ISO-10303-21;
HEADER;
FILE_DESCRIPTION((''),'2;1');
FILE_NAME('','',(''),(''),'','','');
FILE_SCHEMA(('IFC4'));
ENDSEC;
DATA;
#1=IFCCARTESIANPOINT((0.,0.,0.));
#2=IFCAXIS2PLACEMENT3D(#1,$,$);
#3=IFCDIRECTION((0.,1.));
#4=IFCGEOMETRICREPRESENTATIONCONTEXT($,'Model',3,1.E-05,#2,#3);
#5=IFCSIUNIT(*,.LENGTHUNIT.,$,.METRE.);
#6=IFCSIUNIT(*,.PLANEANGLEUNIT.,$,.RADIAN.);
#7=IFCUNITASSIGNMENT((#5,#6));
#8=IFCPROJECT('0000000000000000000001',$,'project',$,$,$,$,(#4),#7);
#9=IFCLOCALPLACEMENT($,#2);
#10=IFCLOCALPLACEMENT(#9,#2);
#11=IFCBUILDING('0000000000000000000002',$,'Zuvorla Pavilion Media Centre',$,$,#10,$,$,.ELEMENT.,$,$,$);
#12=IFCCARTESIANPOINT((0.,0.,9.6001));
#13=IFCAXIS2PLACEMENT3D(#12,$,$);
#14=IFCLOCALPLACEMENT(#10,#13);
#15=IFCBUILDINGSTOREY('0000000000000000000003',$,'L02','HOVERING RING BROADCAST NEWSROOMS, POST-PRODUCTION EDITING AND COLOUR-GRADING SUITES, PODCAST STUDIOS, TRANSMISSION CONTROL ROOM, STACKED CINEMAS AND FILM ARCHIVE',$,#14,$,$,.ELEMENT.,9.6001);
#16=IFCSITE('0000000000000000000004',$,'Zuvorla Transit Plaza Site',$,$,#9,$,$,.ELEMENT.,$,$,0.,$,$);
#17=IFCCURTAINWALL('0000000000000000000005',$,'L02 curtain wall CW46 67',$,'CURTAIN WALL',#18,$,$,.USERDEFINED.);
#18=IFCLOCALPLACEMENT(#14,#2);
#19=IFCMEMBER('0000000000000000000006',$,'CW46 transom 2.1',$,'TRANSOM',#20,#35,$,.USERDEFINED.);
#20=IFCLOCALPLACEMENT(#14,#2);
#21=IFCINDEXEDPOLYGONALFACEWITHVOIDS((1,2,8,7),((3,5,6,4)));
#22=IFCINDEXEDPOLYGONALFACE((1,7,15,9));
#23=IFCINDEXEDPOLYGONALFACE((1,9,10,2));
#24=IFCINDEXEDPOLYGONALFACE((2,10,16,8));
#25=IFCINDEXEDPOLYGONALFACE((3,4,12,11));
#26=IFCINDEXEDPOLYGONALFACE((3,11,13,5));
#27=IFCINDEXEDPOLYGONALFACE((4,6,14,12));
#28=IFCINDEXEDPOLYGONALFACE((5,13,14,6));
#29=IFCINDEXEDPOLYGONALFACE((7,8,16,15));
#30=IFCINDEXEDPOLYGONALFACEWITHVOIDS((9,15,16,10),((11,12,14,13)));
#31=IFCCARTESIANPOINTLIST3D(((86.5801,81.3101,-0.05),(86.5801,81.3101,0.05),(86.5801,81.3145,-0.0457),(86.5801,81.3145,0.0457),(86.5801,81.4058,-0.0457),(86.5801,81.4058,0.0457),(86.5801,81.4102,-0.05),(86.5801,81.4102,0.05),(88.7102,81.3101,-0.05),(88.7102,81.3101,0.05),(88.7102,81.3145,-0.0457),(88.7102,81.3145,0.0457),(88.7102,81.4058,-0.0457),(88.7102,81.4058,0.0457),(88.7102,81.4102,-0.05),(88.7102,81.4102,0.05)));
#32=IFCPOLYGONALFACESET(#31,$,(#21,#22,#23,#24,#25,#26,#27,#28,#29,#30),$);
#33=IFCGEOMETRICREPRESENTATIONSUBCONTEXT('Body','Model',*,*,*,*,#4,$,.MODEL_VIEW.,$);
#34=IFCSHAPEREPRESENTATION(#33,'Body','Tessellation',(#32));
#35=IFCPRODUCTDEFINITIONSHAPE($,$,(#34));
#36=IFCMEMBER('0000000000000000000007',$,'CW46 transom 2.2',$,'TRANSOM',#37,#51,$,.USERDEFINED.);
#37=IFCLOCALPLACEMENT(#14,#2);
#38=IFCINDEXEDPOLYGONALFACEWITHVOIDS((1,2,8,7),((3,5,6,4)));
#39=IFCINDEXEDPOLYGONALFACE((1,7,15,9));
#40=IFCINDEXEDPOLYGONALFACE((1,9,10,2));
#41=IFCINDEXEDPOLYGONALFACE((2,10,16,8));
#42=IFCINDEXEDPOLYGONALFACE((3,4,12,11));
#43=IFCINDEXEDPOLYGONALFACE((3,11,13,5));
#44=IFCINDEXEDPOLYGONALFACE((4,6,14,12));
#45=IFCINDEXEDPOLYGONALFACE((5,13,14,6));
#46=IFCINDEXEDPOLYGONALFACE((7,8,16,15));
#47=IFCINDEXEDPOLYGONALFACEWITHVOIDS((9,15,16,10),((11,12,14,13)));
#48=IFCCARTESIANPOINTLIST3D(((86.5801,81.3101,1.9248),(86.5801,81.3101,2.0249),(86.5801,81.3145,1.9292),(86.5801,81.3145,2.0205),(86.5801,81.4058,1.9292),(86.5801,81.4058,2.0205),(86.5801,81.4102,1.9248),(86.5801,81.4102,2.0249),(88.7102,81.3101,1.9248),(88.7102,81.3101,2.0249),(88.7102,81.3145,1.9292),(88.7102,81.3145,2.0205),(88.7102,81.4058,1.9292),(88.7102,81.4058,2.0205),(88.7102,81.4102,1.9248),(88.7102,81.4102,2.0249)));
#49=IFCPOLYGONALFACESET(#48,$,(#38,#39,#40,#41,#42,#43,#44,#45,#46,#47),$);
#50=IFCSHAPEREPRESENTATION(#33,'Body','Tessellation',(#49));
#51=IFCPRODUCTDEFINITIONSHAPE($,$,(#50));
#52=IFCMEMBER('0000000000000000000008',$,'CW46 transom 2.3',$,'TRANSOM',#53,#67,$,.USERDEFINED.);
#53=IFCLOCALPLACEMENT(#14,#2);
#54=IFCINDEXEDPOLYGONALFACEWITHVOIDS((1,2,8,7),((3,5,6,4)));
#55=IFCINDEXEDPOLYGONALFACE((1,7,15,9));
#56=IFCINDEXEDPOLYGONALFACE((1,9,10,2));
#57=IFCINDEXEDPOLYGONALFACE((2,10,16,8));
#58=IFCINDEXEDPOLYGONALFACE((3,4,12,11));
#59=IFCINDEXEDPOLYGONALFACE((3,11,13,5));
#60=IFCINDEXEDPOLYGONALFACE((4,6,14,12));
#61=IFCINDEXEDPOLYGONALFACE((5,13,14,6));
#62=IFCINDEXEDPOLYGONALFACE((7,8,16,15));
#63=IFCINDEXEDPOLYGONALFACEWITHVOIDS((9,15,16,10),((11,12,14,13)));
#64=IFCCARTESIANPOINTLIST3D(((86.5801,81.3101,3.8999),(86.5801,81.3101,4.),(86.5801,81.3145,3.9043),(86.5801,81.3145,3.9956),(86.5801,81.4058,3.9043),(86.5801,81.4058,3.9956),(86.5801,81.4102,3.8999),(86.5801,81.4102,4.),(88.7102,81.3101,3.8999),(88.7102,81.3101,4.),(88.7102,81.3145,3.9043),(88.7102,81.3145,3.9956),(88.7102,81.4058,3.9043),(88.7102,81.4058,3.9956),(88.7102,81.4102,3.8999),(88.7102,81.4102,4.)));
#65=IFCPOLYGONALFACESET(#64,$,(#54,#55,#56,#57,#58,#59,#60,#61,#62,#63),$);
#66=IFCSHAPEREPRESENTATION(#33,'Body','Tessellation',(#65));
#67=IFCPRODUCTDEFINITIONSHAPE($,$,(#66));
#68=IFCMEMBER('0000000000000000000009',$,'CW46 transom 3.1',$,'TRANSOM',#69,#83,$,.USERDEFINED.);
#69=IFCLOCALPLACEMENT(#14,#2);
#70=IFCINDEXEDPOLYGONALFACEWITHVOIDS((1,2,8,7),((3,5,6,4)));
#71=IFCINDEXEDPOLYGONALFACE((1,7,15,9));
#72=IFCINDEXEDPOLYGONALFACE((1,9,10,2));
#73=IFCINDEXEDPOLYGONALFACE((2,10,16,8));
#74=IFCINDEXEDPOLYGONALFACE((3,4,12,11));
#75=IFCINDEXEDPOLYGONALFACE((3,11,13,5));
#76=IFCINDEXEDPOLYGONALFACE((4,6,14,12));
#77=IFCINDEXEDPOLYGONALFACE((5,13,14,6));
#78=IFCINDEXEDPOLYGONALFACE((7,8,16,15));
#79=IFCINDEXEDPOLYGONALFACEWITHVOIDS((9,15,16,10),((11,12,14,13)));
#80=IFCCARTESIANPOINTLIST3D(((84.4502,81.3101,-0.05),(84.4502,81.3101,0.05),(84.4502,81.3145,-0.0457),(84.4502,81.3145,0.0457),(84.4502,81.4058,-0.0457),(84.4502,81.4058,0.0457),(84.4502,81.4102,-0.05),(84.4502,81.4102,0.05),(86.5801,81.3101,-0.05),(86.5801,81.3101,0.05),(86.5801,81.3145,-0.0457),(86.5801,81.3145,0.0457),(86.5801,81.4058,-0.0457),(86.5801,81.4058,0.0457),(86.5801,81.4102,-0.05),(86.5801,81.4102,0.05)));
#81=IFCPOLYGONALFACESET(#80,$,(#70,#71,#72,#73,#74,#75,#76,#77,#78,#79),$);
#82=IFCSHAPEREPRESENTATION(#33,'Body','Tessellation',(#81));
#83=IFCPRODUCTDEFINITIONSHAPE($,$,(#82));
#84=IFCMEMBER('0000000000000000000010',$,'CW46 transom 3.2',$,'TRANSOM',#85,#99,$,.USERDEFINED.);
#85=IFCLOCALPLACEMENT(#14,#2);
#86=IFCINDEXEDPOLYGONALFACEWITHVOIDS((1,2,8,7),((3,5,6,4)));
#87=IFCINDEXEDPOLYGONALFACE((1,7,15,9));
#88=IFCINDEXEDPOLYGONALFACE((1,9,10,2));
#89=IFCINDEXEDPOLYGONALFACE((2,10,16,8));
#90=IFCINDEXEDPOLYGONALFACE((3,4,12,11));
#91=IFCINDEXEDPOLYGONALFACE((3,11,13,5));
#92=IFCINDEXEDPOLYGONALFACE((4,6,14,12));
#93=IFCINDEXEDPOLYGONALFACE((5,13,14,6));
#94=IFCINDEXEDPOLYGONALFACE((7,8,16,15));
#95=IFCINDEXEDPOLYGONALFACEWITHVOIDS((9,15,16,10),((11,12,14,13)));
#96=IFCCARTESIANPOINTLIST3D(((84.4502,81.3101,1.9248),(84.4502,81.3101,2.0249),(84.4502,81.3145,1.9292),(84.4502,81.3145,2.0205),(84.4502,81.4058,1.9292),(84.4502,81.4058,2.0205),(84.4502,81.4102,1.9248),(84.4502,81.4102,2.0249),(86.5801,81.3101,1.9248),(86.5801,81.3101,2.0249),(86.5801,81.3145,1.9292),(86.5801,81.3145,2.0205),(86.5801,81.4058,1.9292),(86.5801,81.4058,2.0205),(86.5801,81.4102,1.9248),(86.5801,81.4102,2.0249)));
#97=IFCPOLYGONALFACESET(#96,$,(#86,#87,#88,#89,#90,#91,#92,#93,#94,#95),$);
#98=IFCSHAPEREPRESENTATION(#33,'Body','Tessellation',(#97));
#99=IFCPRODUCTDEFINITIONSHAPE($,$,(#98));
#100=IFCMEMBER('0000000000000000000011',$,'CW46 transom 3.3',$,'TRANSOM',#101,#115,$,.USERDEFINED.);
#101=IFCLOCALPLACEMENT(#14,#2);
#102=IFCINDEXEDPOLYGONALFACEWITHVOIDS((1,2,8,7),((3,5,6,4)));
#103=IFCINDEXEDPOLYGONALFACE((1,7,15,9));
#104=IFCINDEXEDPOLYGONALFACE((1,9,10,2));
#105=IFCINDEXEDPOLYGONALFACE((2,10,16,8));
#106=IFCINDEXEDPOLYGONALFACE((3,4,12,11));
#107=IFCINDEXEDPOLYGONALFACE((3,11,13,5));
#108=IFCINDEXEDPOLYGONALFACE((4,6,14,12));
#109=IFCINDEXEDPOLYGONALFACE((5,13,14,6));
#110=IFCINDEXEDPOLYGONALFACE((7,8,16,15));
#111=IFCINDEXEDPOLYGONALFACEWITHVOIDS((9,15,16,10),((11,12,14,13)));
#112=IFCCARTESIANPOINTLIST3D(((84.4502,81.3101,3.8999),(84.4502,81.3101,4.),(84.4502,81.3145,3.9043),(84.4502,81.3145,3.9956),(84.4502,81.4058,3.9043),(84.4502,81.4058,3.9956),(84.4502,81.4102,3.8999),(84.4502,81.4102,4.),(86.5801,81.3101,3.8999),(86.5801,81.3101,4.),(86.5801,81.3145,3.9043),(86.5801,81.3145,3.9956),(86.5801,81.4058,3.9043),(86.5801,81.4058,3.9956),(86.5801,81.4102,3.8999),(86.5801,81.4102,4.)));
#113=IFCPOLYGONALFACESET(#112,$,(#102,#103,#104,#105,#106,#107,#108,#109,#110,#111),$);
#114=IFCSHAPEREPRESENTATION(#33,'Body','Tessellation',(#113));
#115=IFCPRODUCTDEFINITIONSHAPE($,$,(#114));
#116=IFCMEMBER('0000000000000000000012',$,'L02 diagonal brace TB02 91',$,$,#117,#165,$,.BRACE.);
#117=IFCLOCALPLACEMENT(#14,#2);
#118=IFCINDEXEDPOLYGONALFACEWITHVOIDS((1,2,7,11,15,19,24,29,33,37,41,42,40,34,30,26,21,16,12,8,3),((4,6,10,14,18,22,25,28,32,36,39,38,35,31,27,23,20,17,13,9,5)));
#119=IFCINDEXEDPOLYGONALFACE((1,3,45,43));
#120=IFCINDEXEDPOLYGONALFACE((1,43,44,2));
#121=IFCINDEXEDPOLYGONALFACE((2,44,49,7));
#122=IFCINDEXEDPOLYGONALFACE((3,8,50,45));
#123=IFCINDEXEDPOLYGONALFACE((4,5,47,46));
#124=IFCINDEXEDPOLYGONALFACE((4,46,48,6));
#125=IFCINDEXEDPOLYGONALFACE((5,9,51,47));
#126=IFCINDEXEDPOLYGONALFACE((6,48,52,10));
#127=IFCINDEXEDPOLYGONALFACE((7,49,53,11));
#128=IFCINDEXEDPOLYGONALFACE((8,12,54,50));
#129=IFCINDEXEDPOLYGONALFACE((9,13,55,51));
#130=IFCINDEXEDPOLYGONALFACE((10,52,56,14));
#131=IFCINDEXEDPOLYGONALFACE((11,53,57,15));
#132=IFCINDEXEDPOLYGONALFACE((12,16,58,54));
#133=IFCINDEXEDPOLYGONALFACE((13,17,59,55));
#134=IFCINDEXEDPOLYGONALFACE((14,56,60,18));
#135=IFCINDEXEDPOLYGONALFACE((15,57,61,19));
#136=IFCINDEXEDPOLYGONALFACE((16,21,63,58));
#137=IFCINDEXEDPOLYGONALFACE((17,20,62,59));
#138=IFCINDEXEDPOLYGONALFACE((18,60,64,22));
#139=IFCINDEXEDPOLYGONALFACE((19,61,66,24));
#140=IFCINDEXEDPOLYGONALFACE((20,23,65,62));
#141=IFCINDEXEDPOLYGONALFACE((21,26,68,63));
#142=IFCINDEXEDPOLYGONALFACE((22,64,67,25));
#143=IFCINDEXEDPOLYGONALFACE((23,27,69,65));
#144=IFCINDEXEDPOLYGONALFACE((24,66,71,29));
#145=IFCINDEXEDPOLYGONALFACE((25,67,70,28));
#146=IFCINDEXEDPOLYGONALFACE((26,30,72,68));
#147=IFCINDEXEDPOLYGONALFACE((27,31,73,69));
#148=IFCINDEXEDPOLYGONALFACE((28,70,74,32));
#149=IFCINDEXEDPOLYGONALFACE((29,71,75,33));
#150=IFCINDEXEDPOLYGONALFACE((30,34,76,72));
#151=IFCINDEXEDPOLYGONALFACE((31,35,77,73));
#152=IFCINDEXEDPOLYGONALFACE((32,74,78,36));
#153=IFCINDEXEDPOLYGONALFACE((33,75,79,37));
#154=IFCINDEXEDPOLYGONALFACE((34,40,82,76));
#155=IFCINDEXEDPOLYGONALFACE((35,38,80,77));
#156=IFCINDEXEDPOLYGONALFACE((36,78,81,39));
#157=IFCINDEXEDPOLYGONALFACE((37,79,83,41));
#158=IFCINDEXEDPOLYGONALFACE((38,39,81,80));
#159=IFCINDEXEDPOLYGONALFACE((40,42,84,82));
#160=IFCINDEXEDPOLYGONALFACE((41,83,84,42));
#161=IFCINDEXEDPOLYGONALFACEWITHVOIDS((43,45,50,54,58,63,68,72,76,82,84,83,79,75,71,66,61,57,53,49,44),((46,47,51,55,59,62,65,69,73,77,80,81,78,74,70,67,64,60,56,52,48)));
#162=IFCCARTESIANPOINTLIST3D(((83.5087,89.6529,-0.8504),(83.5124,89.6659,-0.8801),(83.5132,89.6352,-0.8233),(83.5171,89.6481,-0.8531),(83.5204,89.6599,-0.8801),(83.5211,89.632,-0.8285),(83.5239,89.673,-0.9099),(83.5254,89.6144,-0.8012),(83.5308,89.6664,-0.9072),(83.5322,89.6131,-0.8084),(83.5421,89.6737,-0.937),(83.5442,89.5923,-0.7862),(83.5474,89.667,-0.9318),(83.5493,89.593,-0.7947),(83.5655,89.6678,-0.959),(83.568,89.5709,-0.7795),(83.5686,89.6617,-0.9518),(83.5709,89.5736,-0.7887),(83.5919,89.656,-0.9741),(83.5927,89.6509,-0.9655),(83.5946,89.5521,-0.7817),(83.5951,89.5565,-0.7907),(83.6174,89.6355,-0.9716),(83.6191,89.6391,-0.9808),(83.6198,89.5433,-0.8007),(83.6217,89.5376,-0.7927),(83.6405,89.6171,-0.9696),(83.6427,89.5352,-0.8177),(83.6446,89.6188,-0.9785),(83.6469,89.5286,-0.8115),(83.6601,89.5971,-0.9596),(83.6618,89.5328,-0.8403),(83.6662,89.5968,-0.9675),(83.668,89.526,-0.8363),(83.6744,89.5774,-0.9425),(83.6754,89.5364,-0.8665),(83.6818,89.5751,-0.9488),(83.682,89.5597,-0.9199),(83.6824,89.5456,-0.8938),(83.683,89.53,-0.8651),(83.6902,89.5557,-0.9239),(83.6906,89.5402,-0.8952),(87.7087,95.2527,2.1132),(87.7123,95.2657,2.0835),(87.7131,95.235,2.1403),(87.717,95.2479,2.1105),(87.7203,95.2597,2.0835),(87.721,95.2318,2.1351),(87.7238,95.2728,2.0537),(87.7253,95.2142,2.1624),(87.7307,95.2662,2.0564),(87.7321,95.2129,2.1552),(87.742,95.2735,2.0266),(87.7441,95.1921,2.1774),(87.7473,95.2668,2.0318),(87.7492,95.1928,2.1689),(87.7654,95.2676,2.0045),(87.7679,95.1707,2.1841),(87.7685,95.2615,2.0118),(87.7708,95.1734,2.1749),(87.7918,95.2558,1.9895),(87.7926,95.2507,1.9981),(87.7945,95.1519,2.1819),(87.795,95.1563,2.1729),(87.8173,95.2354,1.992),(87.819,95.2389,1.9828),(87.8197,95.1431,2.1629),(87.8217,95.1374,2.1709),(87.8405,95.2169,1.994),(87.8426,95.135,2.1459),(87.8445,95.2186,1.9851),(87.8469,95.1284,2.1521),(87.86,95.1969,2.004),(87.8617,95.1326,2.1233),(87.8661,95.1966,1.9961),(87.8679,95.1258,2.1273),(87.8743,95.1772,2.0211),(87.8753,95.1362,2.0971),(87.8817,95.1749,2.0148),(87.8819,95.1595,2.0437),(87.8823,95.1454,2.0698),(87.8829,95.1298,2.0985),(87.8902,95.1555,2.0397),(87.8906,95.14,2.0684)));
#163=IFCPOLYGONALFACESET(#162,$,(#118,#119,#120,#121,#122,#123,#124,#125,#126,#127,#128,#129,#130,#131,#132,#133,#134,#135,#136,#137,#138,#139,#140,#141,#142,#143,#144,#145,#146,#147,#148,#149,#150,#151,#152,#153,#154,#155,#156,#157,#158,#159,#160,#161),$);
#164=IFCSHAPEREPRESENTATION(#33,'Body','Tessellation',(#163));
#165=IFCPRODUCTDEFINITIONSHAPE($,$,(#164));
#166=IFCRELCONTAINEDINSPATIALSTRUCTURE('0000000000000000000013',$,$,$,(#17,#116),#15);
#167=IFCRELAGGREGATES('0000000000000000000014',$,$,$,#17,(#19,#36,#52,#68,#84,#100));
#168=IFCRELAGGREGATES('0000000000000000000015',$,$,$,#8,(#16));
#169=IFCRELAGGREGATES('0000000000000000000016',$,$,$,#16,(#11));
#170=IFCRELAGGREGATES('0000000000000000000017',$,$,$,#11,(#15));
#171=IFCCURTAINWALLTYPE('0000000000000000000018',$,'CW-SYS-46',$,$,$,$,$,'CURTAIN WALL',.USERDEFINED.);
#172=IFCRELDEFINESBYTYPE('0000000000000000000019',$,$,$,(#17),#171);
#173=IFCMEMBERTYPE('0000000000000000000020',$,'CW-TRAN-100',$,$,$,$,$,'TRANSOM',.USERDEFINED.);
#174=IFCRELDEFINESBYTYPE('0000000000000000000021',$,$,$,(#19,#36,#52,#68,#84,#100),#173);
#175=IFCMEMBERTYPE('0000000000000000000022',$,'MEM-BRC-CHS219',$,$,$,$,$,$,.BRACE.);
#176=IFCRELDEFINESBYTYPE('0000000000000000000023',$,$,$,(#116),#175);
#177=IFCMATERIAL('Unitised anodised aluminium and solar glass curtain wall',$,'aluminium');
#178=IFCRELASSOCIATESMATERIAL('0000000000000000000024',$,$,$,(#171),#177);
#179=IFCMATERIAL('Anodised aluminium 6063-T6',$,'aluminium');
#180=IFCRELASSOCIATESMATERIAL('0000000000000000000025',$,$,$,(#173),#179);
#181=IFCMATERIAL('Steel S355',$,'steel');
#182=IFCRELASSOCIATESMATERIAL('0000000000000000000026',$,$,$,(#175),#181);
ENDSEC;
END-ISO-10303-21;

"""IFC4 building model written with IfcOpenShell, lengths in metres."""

from ifc_helpers import new_model, si_unit, direction, frame, origin, origin_2d, place, context, subcontext, project, spatial, hollow_rectangle, hollow_circle, extrude, material, material_profile, profile_set, type_object, element, aggregate, save


model = new_model("IFC4")

# Units and contexts
model_context = context("Model", 3, precision=1e-05, world=origin(), true_north=direction((0.0, 1.0)))
body_context = subcontext(model_context, "Body", "Model", "MODEL_VIEW")
ifc_project = project(units=[si_unit("LENGTHUNIT", "METRE"), si_unit("PLANEANGLEUNIT", "RADIAN")], contexts=[model_context])

# Site, building, storey
site_placement = place(None, origin())
site = spatial("IfcSite", under=ifc_project, at=site_placement, Name="Zuvorla Transit Plaza Site", CompositionType="ELEMENT", RefElevation=0.0)
building_placement = place(site_placement, origin())
building = spatial("IfcBuilding", under=site, at=building_placement, Name="Zuvorla Pavilion Media Centre", CompositionType="ELEMENT")
storey_placement = place(building_placement, frame((0.0, 0.0, 9.6001)))
storey = spatial("IfcBuildingStorey", under=building, at=storey_placement, Name="L02", Description="HOVERING RING BROADCAST NEWSROOMS, POST-PRODUCTION EDITING AND COLOUR-GRADING SUITES, PODCAST STUDIOS, TRANSMISSION CONTROL ROOM, STACKED CINEMAS AND FILM ARCHIVE", CompositionType="ELEMENT", Elevation=9.6001)

# Shared definitions
ifc_material_1 = material(Name="Steel S355", Category="steel")

# Curtain wall
ifc_material_2 = material(Name="Unitised anodised aluminium and solar glass curtain wall", Category="aluminium")
ifc_material_3 = material(Name="Anodised aluminium 6063-T6", Category="aluminium")
curtain_wall_type_1 = type_object("IfcCurtainWallType", Name="CW-SYS-46", ElementType="CURTAIN WALL", PredefinedType="USERDEFINED", material=ifc_material_2)
curtain_wall_1_placement = place(storey_placement, origin())
curtain_wall_1 = element("IfcCurtainWall", 1, at=curtain_wall_1_placement, inside=storey, type_object=curtain_wall_type_1, Name="L02 curtain wall CW46 67", ObjectType="CURTAIN WALL", PredefinedType="USERDEFINED")

# Members
ifc_material_profile_1 = material_profile(ifc_material_3, hollow_rectangle(XDim=0.1001, YDim=0.1001, WallThickness=0.0044, at=origin_2d()), Name="ALU TRAN 100x100")
ifc_profile_set_1 = profile_set([ifc_material_profile_1], Name="Anodised aluminium 6063-T6")
member_type_1 = type_object("IfcMemberType", Name="CW-TRAN-100", ElementType="TRANSOM", PredefinedType="USERDEFINED", material=ifc_profile_set_1)
member_1_placement = place(storey_placement, frame((88.7102, 81.3601, 0.0), z_axis=(-1.0, 0.0, 0.0), x_axis=(0.0, -1.0, 0.0)))
member_1 = element("IfcMember", 2, at=member_1_placement, type_object=member_type_1, Name="CW46 transom 2.1", ObjectType="TRANSOM", PredefinedType="USERDEFINED", context=body_context, shape_type="SweptSolid", body=[
    extrude(hollow_rectangle(XDim=0.1001, YDim=0.1001, WallThickness=0.0044, at=origin_2d()), origin(), (0.0, 0.0, 1.0), 2.1301),
])
member_2_placement = place(storey_placement, frame((88.7102, 81.3601, 1.9749), z_axis=(-1.0, 0.0, 0.0), x_axis=(0.0, -1.0, 0.0)))
member_2 = element("IfcMember", 3, at=member_2_placement, type_object=member_type_1, Name="CW46 transom 2.2", ObjectType="TRANSOM", PredefinedType="USERDEFINED", context=body_context, shape_type="SweptSolid", body=[
    extrude(hollow_rectangle(XDim=0.1001, YDim=0.1001, WallThickness=0.0044, at=origin_2d()), origin(), (0.0, 0.0, 1.0), 2.1301),
])
member_3_placement = place(storey_placement, frame((88.7102, 81.3601, 3.95), z_axis=(-1.0, 0.0, 0.0), x_axis=(0.0, -1.0, 0.0)))
member_3 = element("IfcMember", 4, at=member_3_placement, type_object=member_type_1, Name="CW46 transom 2.3", ObjectType="TRANSOM", PredefinedType="USERDEFINED", context=body_context, shape_type="SweptSolid", body=[
    extrude(hollow_rectangle(XDim=0.1001, YDim=0.1001, WallThickness=0.0044, at=origin_2d()), origin(), (0.0, 0.0, 1.0), 2.1301),
])
member_4_placement = place(storey_placement, frame((86.5801, 81.3601, 0.0), z_axis=(-1.0, 0.0, 0.0), x_axis=(0.0, -1.0, 0.0)))
member_4 = element("IfcMember", 5, at=member_4_placement, type_object=member_type_1, Name="CW46 transom 3.1", ObjectType="TRANSOM", PredefinedType="USERDEFINED", context=body_context, shape_type="SweptSolid", body=[
    extrude(hollow_rectangle(XDim=0.1001, YDim=0.1001, WallThickness=0.0044, at=origin_2d()), origin(), (0.0, 0.0, 1.0), 2.1299),
])
member_5_placement = place(storey_placement, frame((86.5801, 81.3601, 1.9749), z_axis=(-1.0, 0.0, 0.0), x_axis=(0.0, -1.0, 0.0)))
member_5 = element("IfcMember", 6, at=member_5_placement, type_object=member_type_1, Name="CW46 transom 3.2", ObjectType="TRANSOM", PredefinedType="USERDEFINED", context=body_context, shape_type="SweptSolid", body=[
    extrude(hollow_rectangle(XDim=0.1001, YDim=0.1001, WallThickness=0.0044, at=origin_2d()), origin(), (0.0, 0.0, 1.0), 2.1299),
])
member_6_placement = place(storey_placement, frame((86.5801, 81.3601, 3.95), z_axis=(-1.0, 0.0, 0.0), x_axis=(0.0, -1.0, 0.0)))
member_6 = element("IfcMember", 7, at=member_6_placement, type_object=member_type_1, Name="CW46 transom 3.3", ObjectType="TRANSOM", PredefinedType="USERDEFINED", context=body_context, shape_type="SweptSolid", body=[
    extrude(hollow_rectangle(XDim=0.1001, YDim=0.1001, WallThickness=0.0044, at=origin_2d()), origin(), (0.0, 0.0, 1.0), 2.1299),
])

# Member
ifc_material_profile_2 = material_profile(ifc_material_1, hollow_circle(Radius=0.1096, WallThickness=0.01, at=origin_2d()), Name="CHS 219.1x10")
ifc_profile_set_2 = profile_set([ifc_material_profile_2], Name="Steel S355")
member_type_2 = type_object("IfcMemberType", Name="MEM-BRC-CHS219", PredefinedType="BRACE", material=ifc_profile_set_2)
member_7_placement = place(storey_placement, frame((83.6001, 89.6001, -0.8801), z_axis=(0.552525, 0.736689, 0.389879), x_axis=(-0.799996, 0.600006, 0.0)))
element("IfcMember", 8, at=member_7_placement, inside=storey, type_object=member_type_2, Name="L02 diagonal brace TB02 91", PredefinedType="BRACE", context=body_context, shape_type="SweptSolid", body=[
    extrude(hollow_circle(Radius=0.1096, WallThickness=0.01, at=origin_2d()), origin(), (0.0, 0.0, 1.0), 7.6013),
])

aggregate(curtain_wall_1, [member_1, member_2, member_3, member_4, member_5, member_6])

save(model, "model.ifc")
